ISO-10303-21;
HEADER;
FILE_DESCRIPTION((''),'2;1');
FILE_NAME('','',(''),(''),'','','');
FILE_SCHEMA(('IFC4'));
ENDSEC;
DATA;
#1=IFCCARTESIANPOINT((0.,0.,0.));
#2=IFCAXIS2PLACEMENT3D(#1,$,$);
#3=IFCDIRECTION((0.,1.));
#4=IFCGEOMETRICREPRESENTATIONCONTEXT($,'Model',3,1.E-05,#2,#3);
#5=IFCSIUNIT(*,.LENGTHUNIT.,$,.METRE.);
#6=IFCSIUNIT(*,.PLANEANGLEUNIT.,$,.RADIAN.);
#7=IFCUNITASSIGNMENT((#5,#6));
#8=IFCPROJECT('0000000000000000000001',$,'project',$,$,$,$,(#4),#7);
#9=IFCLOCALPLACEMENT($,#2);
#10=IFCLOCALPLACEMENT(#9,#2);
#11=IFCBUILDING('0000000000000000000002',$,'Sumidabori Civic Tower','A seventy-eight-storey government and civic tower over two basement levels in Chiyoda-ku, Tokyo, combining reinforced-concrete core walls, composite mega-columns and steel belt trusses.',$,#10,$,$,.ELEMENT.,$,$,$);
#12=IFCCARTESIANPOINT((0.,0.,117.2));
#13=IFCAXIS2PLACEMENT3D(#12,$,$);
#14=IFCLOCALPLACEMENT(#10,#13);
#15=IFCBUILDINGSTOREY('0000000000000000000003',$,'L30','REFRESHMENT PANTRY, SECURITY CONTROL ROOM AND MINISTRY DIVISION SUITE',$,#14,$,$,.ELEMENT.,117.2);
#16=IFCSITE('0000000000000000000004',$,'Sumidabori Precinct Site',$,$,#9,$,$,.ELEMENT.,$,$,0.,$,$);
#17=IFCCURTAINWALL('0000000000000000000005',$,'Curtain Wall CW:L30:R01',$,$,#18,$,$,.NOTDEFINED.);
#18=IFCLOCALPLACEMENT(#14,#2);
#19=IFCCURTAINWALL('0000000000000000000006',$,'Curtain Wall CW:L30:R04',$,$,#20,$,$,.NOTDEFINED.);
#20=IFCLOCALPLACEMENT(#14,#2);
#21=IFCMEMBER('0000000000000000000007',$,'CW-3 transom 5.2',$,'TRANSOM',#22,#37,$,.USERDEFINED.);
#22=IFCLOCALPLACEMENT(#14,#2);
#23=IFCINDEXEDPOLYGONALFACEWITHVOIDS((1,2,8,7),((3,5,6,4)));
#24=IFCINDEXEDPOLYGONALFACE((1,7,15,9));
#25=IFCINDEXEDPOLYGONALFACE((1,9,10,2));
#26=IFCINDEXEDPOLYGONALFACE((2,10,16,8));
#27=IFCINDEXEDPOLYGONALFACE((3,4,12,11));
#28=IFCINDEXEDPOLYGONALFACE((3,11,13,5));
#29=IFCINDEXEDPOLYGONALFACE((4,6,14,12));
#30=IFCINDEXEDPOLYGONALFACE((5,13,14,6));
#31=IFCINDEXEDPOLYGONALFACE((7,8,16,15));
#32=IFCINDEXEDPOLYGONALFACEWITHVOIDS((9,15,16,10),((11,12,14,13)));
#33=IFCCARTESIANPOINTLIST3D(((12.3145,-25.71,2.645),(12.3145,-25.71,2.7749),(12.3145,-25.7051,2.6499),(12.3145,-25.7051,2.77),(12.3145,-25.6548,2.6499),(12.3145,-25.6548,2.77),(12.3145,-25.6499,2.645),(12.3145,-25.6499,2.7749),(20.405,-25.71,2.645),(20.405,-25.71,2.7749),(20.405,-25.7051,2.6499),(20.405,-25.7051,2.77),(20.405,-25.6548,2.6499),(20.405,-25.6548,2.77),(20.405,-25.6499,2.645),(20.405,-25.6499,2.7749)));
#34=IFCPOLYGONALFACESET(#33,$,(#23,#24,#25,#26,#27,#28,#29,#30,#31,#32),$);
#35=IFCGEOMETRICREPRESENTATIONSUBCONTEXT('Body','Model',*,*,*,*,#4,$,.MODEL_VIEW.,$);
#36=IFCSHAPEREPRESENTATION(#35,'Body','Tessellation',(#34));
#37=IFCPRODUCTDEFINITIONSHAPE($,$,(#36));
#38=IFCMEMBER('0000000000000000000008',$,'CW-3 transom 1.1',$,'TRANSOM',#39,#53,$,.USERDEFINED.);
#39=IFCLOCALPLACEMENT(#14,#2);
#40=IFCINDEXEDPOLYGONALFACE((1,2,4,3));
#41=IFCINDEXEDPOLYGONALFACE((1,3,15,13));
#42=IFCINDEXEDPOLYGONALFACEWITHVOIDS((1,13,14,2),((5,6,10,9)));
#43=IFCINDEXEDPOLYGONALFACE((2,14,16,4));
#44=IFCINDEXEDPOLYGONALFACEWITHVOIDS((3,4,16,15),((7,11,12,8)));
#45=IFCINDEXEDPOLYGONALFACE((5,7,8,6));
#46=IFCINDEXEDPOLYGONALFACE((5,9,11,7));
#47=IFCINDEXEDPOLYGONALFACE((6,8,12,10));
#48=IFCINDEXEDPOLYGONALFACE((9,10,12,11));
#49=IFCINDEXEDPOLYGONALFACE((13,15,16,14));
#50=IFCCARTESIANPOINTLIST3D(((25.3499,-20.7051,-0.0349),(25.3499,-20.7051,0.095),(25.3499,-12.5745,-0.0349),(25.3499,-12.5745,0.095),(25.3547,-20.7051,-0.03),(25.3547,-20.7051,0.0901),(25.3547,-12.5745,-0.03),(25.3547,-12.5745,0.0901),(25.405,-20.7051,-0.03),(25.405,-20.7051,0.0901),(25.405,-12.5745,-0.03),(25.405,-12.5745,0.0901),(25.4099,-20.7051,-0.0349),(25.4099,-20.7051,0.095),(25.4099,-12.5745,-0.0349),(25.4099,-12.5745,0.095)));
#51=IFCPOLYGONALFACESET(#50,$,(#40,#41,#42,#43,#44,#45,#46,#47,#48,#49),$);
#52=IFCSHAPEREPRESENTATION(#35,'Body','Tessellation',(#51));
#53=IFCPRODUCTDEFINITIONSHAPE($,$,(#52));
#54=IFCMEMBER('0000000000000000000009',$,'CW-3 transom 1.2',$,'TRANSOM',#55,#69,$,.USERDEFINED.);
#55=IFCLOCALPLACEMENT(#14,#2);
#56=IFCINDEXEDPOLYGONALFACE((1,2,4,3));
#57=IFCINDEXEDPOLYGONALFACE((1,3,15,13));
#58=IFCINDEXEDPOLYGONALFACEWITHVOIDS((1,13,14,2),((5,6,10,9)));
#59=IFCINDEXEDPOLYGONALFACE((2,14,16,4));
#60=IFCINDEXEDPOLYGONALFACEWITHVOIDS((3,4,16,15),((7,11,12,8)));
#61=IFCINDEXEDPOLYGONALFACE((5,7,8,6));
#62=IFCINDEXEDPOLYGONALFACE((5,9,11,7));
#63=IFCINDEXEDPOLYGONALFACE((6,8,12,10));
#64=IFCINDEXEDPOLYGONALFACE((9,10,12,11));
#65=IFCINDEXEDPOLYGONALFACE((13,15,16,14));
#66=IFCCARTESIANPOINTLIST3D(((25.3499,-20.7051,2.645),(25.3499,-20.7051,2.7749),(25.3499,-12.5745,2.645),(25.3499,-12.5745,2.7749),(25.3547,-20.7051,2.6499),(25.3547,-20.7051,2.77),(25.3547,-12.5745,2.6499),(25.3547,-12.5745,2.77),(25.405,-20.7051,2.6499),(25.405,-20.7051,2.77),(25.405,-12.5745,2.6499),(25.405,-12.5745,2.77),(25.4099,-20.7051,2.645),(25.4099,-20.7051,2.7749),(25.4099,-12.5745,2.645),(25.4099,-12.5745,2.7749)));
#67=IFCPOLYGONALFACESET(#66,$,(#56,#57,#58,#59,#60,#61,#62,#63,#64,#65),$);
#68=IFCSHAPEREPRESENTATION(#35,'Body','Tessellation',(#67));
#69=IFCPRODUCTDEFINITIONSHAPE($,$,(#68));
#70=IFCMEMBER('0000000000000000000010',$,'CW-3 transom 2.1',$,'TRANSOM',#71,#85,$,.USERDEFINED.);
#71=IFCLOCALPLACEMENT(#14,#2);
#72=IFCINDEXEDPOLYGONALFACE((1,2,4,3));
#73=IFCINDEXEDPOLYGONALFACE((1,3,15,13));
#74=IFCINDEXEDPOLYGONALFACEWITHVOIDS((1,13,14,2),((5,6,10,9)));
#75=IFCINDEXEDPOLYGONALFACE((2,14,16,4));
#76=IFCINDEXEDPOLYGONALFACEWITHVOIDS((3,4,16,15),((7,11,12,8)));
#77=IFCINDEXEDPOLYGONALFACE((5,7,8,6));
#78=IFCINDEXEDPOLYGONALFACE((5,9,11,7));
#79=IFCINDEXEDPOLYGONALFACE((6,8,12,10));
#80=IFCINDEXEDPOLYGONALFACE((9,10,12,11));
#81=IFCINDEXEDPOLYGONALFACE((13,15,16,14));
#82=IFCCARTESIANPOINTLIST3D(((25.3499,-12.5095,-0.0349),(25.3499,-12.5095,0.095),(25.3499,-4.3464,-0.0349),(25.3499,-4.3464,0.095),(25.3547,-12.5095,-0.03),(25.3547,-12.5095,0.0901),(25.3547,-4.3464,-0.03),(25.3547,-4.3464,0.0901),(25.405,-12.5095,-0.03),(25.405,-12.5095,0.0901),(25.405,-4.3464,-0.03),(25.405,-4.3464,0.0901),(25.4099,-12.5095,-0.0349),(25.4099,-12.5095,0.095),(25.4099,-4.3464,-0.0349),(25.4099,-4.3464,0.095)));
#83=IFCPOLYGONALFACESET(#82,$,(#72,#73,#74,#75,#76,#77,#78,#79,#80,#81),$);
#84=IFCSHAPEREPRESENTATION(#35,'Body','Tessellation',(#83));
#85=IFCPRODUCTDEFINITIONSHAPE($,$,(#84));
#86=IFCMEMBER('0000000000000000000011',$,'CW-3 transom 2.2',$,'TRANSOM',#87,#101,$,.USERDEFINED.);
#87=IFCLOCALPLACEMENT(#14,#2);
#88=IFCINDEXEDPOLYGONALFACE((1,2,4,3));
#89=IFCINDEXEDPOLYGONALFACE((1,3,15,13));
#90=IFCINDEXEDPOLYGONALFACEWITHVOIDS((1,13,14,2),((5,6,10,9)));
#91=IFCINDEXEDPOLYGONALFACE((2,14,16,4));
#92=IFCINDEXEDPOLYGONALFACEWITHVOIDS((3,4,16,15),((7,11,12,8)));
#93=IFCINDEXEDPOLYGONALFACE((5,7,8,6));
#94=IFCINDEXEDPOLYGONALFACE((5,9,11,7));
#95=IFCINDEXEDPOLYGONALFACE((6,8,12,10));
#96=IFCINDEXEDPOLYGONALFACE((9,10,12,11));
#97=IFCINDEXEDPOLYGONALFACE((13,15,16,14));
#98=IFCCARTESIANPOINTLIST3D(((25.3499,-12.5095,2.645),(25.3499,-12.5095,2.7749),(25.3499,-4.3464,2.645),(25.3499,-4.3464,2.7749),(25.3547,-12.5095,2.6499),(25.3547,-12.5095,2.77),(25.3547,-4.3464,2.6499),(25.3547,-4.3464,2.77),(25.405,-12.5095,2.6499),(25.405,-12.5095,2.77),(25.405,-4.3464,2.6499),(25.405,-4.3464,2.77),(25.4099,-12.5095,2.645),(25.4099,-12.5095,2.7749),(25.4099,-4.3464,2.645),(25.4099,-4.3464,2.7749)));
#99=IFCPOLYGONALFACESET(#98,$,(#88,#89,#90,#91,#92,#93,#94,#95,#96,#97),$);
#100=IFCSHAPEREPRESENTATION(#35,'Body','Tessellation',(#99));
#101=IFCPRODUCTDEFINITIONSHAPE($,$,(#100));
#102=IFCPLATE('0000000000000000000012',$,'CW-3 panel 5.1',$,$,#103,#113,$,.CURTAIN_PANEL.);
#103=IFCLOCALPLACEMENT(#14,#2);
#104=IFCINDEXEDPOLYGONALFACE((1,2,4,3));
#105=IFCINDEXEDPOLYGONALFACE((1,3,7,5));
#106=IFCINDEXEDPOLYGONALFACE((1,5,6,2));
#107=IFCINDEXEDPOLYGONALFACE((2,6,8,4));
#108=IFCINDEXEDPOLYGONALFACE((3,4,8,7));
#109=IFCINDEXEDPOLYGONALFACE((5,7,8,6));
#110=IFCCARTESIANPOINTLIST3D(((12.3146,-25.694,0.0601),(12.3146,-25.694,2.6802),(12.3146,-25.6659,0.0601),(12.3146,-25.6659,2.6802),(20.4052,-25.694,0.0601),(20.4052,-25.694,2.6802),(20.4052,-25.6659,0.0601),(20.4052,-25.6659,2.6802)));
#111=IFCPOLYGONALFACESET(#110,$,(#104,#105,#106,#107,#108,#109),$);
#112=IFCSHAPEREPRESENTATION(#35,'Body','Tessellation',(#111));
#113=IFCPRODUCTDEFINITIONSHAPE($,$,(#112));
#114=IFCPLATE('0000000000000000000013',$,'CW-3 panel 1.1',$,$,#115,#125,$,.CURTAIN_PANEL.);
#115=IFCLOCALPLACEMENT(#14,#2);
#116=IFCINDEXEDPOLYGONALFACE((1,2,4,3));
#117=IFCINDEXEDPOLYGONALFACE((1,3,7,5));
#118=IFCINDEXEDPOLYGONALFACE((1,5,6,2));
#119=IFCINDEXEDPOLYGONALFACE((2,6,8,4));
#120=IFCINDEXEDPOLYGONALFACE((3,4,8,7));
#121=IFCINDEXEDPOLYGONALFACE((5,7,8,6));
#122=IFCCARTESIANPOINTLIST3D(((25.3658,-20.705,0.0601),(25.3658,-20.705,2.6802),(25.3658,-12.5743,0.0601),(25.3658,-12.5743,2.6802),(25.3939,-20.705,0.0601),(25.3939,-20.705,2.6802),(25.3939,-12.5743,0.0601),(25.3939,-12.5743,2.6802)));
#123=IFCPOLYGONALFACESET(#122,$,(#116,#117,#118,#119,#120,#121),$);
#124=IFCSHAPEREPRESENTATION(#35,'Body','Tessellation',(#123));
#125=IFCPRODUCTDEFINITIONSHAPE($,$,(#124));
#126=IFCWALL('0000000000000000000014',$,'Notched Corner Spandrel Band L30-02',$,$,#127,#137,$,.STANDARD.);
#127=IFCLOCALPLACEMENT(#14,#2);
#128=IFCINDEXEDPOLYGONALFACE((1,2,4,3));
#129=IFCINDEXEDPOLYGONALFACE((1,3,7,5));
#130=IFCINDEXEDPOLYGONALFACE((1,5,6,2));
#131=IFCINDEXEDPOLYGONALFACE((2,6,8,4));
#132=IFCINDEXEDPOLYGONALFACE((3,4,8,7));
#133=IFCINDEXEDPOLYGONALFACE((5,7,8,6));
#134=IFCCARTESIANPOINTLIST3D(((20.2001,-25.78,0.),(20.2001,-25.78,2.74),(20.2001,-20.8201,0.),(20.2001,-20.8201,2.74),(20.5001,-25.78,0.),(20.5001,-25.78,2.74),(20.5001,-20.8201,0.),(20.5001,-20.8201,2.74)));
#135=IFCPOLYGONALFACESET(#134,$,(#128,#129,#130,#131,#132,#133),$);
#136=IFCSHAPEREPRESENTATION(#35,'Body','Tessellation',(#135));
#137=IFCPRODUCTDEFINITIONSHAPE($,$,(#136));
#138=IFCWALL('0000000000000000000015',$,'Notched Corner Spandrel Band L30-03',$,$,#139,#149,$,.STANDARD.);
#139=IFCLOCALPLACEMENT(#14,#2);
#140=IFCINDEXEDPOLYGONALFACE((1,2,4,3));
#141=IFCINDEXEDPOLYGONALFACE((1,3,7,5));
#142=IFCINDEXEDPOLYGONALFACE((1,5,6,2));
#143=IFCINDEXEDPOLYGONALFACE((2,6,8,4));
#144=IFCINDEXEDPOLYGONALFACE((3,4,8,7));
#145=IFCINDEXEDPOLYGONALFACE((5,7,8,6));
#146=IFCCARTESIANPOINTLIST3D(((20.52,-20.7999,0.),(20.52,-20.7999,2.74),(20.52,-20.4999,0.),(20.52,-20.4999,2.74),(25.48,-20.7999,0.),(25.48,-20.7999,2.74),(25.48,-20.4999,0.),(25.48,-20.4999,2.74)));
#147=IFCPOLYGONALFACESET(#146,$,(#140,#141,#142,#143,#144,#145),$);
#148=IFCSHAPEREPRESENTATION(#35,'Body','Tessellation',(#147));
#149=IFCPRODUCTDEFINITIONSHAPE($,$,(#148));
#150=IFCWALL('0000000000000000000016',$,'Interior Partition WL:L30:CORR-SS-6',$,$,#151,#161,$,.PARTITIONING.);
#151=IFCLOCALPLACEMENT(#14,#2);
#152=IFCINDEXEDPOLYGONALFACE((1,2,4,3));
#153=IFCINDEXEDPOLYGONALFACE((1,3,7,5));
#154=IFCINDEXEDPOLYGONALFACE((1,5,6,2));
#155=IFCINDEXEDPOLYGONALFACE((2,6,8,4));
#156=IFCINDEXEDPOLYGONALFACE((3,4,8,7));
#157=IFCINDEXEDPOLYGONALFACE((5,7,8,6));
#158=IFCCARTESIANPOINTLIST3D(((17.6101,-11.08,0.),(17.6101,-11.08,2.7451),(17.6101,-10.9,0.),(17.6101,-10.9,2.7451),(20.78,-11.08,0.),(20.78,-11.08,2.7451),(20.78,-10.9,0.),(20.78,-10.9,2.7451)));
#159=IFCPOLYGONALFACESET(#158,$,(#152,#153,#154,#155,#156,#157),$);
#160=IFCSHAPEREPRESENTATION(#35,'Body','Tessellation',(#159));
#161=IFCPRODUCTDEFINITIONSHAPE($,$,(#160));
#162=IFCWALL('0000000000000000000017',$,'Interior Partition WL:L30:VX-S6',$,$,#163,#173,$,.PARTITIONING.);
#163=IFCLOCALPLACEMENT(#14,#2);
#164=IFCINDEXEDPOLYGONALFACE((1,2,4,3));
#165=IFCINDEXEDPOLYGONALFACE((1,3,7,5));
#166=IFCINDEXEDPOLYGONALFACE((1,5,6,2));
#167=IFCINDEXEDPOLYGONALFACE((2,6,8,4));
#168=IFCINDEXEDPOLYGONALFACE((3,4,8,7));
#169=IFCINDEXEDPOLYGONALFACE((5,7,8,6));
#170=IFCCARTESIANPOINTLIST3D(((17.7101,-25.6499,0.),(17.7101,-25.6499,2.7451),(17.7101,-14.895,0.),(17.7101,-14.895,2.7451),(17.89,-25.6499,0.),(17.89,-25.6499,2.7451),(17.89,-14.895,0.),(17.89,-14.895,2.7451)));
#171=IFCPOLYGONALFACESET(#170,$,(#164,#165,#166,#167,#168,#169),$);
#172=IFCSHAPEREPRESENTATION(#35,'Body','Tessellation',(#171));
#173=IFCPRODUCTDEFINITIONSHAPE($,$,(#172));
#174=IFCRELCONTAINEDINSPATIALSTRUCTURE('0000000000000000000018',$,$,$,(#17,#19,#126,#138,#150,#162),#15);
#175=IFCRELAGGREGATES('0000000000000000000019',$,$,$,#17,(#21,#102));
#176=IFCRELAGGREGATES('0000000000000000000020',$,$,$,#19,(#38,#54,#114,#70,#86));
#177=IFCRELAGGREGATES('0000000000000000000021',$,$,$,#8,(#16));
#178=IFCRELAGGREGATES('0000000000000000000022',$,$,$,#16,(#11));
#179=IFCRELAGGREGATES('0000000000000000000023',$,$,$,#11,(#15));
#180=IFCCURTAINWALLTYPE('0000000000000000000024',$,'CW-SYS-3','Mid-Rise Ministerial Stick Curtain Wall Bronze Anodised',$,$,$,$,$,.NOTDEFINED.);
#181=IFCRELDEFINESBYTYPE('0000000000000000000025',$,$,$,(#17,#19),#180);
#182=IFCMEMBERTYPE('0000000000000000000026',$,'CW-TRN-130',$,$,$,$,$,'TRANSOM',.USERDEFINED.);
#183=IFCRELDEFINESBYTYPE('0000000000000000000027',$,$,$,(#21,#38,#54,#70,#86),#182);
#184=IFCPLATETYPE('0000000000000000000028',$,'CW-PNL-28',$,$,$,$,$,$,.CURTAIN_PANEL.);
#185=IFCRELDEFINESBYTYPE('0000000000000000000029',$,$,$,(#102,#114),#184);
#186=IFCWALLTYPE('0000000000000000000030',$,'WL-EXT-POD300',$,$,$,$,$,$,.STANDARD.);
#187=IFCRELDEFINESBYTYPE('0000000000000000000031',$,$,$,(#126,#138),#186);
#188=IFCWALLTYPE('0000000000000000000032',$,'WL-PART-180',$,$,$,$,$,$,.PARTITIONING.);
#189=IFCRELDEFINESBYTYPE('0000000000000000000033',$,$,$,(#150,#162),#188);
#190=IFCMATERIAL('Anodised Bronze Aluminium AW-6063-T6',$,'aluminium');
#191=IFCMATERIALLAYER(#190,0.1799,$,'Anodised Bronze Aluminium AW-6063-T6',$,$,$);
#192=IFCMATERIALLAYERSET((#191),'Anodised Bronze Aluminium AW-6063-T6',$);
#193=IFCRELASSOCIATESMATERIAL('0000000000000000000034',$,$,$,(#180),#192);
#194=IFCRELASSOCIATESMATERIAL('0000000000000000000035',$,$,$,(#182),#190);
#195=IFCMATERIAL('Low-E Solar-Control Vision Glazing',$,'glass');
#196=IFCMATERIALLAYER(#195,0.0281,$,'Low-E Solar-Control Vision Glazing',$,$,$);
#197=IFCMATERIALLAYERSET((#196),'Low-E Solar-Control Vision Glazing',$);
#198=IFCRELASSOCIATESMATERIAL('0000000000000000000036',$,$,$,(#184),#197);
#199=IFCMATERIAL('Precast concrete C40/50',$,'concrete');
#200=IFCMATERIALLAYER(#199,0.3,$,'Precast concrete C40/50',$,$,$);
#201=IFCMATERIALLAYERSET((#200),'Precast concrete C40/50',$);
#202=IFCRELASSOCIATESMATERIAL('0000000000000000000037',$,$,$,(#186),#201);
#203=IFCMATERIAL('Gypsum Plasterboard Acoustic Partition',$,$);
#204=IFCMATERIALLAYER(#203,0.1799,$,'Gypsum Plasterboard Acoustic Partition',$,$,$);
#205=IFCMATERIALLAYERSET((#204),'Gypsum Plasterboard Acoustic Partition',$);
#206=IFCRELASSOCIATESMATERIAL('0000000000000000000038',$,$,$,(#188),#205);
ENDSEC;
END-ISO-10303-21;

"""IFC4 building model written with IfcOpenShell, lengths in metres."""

from ifc_helpers import new_model, si_unit, direction, frame, frame_2d, origin, origin_2d, place, context, subcontext, project, spatial, rectangle, hollow_rectangle, extrude, source, transform, mapped, material, layer, layer_set, material_profile, profile_set, type_object, element, aggregate, save


model = new_model("IFC4")

# Units and contexts
model_context = context("Model", 3, precision=1e-05, world=origin(), true_north=direction((0.0, 1.0)))
body_context = subcontext(model_context, "Body", "Model", "MODEL_VIEW")
ifc_project = project(units=[si_unit("LENGTHUNIT", "METRE"), si_unit("PLANEANGLEUNIT", "RADIAN")], contexts=[model_context])

# Site, building, storey
site_placement = place(None, origin())
site = spatial("IfcSite", under=ifc_project, at=site_placement, Name="Sumidabori Precinct Site", CompositionType="ELEMENT", RefElevation=0.0)
building_placement = place(site_placement, origin())
building = spatial("IfcBuilding", under=site, at=building_placement, Name="Sumidabori Civic Tower", Description="A seventy-eight-storey government and civic tower over two basement levels in Chiyoda-ku, Tokyo, combining reinforced-concrete core walls, composite mega-columns and steel belt trusses.", CompositionType="ELEMENT")
storey_placement = place(building_placement, frame((0.0, 0.0, 117.2)))
storey = spatial("IfcBuildingStorey", under=building, at=storey_placement, Name="L30", Description="REFRESHMENT PANTRY, SECURITY CONTROL ROOM AND MINISTRY DIVISION SUITE", CompositionType="ELEMENT", Elevation=117.2)

# Curtain wall
ifc_material_1 = material(Name="Anodised Bronze Aluminium AW-6063-T6", Category="aluminium")
ifc_layer_1 = layer(ifc_material_1, 0.1799, Name="Anodised Bronze Aluminium AW-6063-T6")
ifc_layer_set_1 = layer_set([ifc_layer_1], Name="Anodised Bronze Aluminium AW-6063-T6")
curtain_wall_type = type_object("IfcCurtainWallType", Name="CW-SYS-3", Description="Mid-Rise Ministerial Stick Curtain Wall Bronze Anodised", PredefinedType="NOTDEFINED", material=ifc_layer_set_1)
curtain_wall_1_placement = place(storey_placement, origin())
curtain_wall_1 = element("IfcCurtainWall", 1, at=curtain_wall_1_placement, inside=storey, type_object=curtain_wall_type, Name="Curtain Wall CW:L30:R01", PredefinedType="NOTDEFINED")

# Curtain wall
curtain_wall_2_placement = place(storey_placement, origin())
curtain_wall_2 = element("IfcCurtainWall", 2, at=curtain_wall_2_placement, inside=storey, type_object=curtain_wall_type, Name="Curtain Wall CW:L30:R04", PredefinedType="NOTDEFINED")

# Members
ifc_material_profile_1 = material_profile(ifc_material_1, hollow_rectangle(XDim=0.0601, YDim=0.1299, WallThickness=0.0049, at=origin_2d()), Name="ALU TRANSOM 130x60")
ifc_profile_set_1 = profile_set([ifc_material_profile_1], Name="Anodised Bronze Aluminium AW-6063-T6")
member_type_1 = type_object("IfcMemberType", Name="CW-TRN-130", ElementType="TRANSOM", PredefinedType="USERDEFINED", material=ifc_profile_set_1)
shared_shape_1 = source(origin(), body_context, "Body", "SweptSolid", [
    extrude(hollow_rectangle(XDim=0.0601, YDim=0.1299, WallThickness=0.0049, at=origin_2d()), origin(), (0.0, 0.0, 1.0), 8.0906),
])
member_1_placement = place(storey_placement, frame((12.3145, -25.6799, 2.71), z_axis=(1.0, 0.0, 0.0), x_axis=(0.0, 1.0, 0.0)))
member_1 = element("IfcMember", 3, at=member_1_placement, type_object=member_type_1, Name="CW-3 transom 5.2", ObjectType="TRANSOM", PredefinedType="USERDEFINED", context=body_context, shape_type="MappedRepresentation", body=[
    mapped(shared_shape_1, transform((0.0, 0.0, 0.0), x_axis=(1.0, 0.0, 0.0), y_axis=(0.0, 1.0, 0.0), z_axis=(0.0, 0.0, 1.0), scale=1.0)),
])
shared_shape_2 = source(origin(), body_context, "Body", "SweptSolid", [
    extrude(hollow_rectangle(XDim=0.0601, YDim=0.1299, WallThickness=0.0049, at=origin_2d()), origin(), (0.0, 0.0, 1.0), 8.1306),
])
member_2_placement = place(storey_placement, frame((25.3799, -20.7051, 0.03), z_axis=(0.0, 1.0, 0.0), x_axis=(-1.0, 0.0, 0.0)))
member_2 = element("IfcMember", 4, at=member_2_placement, type_object=member_type_1, Name="CW-3 transom 1.1", ObjectType="TRANSOM", PredefinedType="USERDEFINED", context=body_context, shape_type="MappedRepresentation", body=[
    mapped(shared_shape_2, transform((0.0, 0.0, 0.0), x_axis=(1.0, 0.0, 0.0), y_axis=(0.0, 1.0, 0.0), z_axis=(0.0, 0.0, 1.0), scale=1.0)),
])
member_3_placement = place(storey_placement, frame((25.3799, -20.7051, 2.71), z_axis=(0.0, 1.0, 0.0), x_axis=(-1.0, 0.0, 0.0)))
member_3 = element("IfcMember", 5, at=member_3_placement, type_object=member_type_1, Name="CW-3 transom 1.2", ObjectType="TRANSOM", PredefinedType="USERDEFINED", context=body_context, shape_type="MappedRepresentation", body=[
    mapped(shared_shape_2, transform((0.0, 0.0, 0.0), x_axis=(1.0, 0.0, 0.0), y_axis=(0.0, 1.0, 0.0), z_axis=(0.0, 0.0, 1.0), scale=1.0)),
])
shared_shape_3 = source(origin(), body_context, "Body", "SweptSolid", [
    extrude(hollow_rectangle(XDim=0.0601, YDim=0.1299, WallThickness=0.0049, at=origin_2d()), origin(), (0.0, 0.0, 1.0), 8.1631),
])
member_4_placement = place(storey_placement, frame((25.3799, -12.5095, 0.03), z_axis=(0.0, 1.0, 0.0), x_axis=(-1.0, 0.0, 0.0)))
member_4 = element("IfcMember", 6, at=member_4_placement, type_object=member_type_1, Name="CW-3 transom 2.1", ObjectType="TRANSOM", PredefinedType="USERDEFINED", context=body_context, shape_type="MappedRepresentation", body=[
    mapped(shared_shape_3, transform((0.0, 0.0, 0.0), x_axis=(1.0, 0.0, 0.0), y_axis=(0.0, 1.0, 0.0), z_axis=(0.0, 0.0, 1.0), scale=1.0)),
])
member_5_placement = place(storey_placement, frame((25.3799, -12.5095, 2.71), z_axis=(0.0, 1.0, 0.0), x_axis=(-1.0, 0.0, 0.0)))
member_5 = element("IfcMember", 7, at=member_5_placement, type_object=member_type_1, Name="CW-3 transom 2.2", ObjectType="TRANSOM", PredefinedType="USERDEFINED", context=body_context, shape_type="MappedRepresentation", body=[
    mapped(shared_shape_3, transform((0.0, 0.0, 0.0), x_axis=(1.0, 0.0, 0.0), y_axis=(0.0, 1.0, 0.0), z_axis=(0.0, 0.0, 1.0), scale=1.0)),
])

# Plates
ifc_material_2 = material(Name="Low-E Solar-Control Vision Glazing", Category="glass")
ifc_layer_2 = layer(ifc_material_2, 0.0281, Name="Low-E Solar-Control Vision Glazing")
ifc_layer_set_2 = layer_set([ifc_layer_2], Name="Low-E Solar-Control Vision Glazing")
plate_type = type_object("IfcPlateType", Name="CW-PNL-28", PredefinedType="CURTAIN_PANEL", material=ifc_layer_set_2)
shared_shape_4 = source(origin(), body_context, "Body", "SweptSolid", [
    extrude(rectangle(XDim=8.0906, YDim=0.0281, at=origin_2d()), origin(), (0.0, 0.0, 1.0), 2.6201),
])
plate_1_placement = place(storey_placement, frame((16.3599, -25.6799, 0.0601), z_axis=(0.0, 0.0, 1.0), x_axis=(1.0, 0.0, 0.0)))
plate_1 = element("IfcPlate", 8, at=plate_1_placement, type_object=plate_type, Name="CW-3 panel 5.1", PredefinedType="CURTAIN_PANEL", context=body_context, shape_type="MappedRepresentation", body=[
    mapped(shared_shape_4, transform((0.0, 0.0, 0.0), x_axis=(1.0, 0.0, 0.0), y_axis=(0.0, 1.0, 0.0), z_axis=(0.0, 0.0, 1.0), scale=1.0)),
])
aggregate(curtain_wall_1, [member_1, plate_1])
shared_shape_5 = source(origin(), body_context, "Body", "SweptSolid", [
    extrude(rectangle(XDim=8.1306, YDim=0.0281, at=origin_2d()), origin(), (0.0, 0.0, 1.0), 2.6201),
])
plate_2_placement = place(storey_placement, frame((25.3799, -16.6396, 0.0601), z_axis=(0.0, 0.0, 1.0), x_axis=(0.0, 1.0, 0.0)))
plate_2 = element("IfcPlate", 9, at=plate_2_placement, type_object=plate_type, Name="CW-3 panel 1.1", PredefinedType="CURTAIN_PANEL", context=body_context, shape_type="MappedRepresentation", body=[
    mapped(shared_shape_5, transform((0.0, 0.0, 0.0), x_axis=(1.0, 0.0, 0.0), y_axis=(0.0, 1.0, 0.0), z_axis=(0.0, 0.0, 1.0), scale=1.0)),
])
aggregate(curtain_wall_2, [member_2, member_3, plate_2, member_4, member_5])

# Walls
ifc_material_3 = material(Name="Precast concrete C40/50", Category="concrete")
ifc_layer_3 = layer(ifc_material_3, 0.3, Name="Precast concrete C40/50")
ifc_layer_set_3 = layer_set([ifc_layer_3], Name="Precast concrete C40/50")
wall_type_1 = type_object("IfcWallType", Name="WL-EXT-POD300", PredefinedType="STANDARD", material=ifc_layer_set_3)
shared_shape_6 = source(origin(), body_context, "Body", "SweptSolid", [
    extrude(rectangle(XDim=4.96, YDim=0.3, at=frame_2d((2.48, 0.0))), origin(), (0.0, 0.0, 1.0), 2.74),
])
for number, where, z_axis, x_axis, name in (
    (10, (20.3501, -25.78, 0.0), (0.0, 0.0, 1.0), (0.0, 1.0, 0.0), "Notched Corner Spandrel Band L30-02"),
    (11, (20.52, -20.6499, 0.0), (0.0, 0.0, 1.0), (1.0, 0.0, 0.0), "Notched Corner Spandrel Band L30-03"),
):
    element("IfcWall", number, at=place(storey_placement, frame(where, z_axis=z_axis, x_axis=x_axis)), inside=storey, type_object=wall_type_1, Name=name, PredefinedType="STANDARD", context=body_context, shape_type="MappedRepresentation", body=[
        mapped(shared_shape_6, transform((0.0, 0.0, 0.0), x_axis=(1.0, 0.0, 0.0), y_axis=(0.0, 1.0, 0.0), z_axis=(0.0, 0.0, 1.0), scale=1.0)),
    ])
ifc_material_4 = material(Name="Gypsum Plasterboard Acoustic Partition")
ifc_layer_4 = layer(ifc_material_4, 0.1799, Name="Gypsum Plasterboard Acoustic Partition")
ifc_layer_set_4 = layer_set([ifc_layer_4], Name="Gypsum Plasterboard Acoustic Partition")
wall_type_2 = type_object("IfcWallType", Name="WL-PART-180", PredefinedType="PARTITIONING", material=ifc_layer_set_4)
shared_shape_7 = source(origin(), body_context, "Body", "SweptSolid", [
    extrude(rectangle(XDim=3.1699, YDim=0.1799, at=frame_2d((1.585, 0.0))), origin(), (0.0, 0.0, 1.0), 2.7451),
])
wall_1_placement = place(storey_placement, frame((17.6101, -10.99, 0.0), z_axis=(0.0, 0.0, 1.0), x_axis=(1.0, 0.0, 0.0)))
element("IfcWall", 12, at=wall_1_placement, inside=storey, type_object=wall_type_2, Name="Interior Partition WL:L30:CORR-SS-6", PredefinedType="PARTITIONING", context=body_context, shape_type="MappedRepresentation", body=[
    mapped(shared_shape_7, transform((0.0, 0.0, 0.0), x_axis=(1.0, 0.0, 0.0), y_axis=(0.0, 1.0, 0.0), z_axis=(0.0, 0.0, 1.0), scale=1.0)),
])
shared_shape_8 = source(origin(), body_context, "Body", "SweptSolid", [
    extrude(rectangle(XDim=10.7549, YDim=0.1799, at=frame_2d((5.3774, 0.0))), origin(), (0.0, 0.0, 1.0), 2.7451),
])
wall_2_placement = place(storey_placement, frame((17.8, -25.6499, 0.0), z_axis=(0.0, 0.0, 1.0), x_axis=(0.0, 1.0, 0.0)))
element("IfcWall", 13, at=wall_2_placement, inside=storey, type_object=wall_type_2, Name="Interior Partition WL:L30:VX-S6", PredefinedType="PARTITIONING", context=body_context, shape_type="MappedRepresentation", body=[
    mapped(shared_shape_8, transform((0.0, 0.0, 0.0), x_axis=(1.0, 0.0, 0.0), y_axis=(0.0, 1.0, 0.0), z_axis=(0.0, 0.0, 1.0), scale=1.0)),
])

save(model, "model.ifc")
